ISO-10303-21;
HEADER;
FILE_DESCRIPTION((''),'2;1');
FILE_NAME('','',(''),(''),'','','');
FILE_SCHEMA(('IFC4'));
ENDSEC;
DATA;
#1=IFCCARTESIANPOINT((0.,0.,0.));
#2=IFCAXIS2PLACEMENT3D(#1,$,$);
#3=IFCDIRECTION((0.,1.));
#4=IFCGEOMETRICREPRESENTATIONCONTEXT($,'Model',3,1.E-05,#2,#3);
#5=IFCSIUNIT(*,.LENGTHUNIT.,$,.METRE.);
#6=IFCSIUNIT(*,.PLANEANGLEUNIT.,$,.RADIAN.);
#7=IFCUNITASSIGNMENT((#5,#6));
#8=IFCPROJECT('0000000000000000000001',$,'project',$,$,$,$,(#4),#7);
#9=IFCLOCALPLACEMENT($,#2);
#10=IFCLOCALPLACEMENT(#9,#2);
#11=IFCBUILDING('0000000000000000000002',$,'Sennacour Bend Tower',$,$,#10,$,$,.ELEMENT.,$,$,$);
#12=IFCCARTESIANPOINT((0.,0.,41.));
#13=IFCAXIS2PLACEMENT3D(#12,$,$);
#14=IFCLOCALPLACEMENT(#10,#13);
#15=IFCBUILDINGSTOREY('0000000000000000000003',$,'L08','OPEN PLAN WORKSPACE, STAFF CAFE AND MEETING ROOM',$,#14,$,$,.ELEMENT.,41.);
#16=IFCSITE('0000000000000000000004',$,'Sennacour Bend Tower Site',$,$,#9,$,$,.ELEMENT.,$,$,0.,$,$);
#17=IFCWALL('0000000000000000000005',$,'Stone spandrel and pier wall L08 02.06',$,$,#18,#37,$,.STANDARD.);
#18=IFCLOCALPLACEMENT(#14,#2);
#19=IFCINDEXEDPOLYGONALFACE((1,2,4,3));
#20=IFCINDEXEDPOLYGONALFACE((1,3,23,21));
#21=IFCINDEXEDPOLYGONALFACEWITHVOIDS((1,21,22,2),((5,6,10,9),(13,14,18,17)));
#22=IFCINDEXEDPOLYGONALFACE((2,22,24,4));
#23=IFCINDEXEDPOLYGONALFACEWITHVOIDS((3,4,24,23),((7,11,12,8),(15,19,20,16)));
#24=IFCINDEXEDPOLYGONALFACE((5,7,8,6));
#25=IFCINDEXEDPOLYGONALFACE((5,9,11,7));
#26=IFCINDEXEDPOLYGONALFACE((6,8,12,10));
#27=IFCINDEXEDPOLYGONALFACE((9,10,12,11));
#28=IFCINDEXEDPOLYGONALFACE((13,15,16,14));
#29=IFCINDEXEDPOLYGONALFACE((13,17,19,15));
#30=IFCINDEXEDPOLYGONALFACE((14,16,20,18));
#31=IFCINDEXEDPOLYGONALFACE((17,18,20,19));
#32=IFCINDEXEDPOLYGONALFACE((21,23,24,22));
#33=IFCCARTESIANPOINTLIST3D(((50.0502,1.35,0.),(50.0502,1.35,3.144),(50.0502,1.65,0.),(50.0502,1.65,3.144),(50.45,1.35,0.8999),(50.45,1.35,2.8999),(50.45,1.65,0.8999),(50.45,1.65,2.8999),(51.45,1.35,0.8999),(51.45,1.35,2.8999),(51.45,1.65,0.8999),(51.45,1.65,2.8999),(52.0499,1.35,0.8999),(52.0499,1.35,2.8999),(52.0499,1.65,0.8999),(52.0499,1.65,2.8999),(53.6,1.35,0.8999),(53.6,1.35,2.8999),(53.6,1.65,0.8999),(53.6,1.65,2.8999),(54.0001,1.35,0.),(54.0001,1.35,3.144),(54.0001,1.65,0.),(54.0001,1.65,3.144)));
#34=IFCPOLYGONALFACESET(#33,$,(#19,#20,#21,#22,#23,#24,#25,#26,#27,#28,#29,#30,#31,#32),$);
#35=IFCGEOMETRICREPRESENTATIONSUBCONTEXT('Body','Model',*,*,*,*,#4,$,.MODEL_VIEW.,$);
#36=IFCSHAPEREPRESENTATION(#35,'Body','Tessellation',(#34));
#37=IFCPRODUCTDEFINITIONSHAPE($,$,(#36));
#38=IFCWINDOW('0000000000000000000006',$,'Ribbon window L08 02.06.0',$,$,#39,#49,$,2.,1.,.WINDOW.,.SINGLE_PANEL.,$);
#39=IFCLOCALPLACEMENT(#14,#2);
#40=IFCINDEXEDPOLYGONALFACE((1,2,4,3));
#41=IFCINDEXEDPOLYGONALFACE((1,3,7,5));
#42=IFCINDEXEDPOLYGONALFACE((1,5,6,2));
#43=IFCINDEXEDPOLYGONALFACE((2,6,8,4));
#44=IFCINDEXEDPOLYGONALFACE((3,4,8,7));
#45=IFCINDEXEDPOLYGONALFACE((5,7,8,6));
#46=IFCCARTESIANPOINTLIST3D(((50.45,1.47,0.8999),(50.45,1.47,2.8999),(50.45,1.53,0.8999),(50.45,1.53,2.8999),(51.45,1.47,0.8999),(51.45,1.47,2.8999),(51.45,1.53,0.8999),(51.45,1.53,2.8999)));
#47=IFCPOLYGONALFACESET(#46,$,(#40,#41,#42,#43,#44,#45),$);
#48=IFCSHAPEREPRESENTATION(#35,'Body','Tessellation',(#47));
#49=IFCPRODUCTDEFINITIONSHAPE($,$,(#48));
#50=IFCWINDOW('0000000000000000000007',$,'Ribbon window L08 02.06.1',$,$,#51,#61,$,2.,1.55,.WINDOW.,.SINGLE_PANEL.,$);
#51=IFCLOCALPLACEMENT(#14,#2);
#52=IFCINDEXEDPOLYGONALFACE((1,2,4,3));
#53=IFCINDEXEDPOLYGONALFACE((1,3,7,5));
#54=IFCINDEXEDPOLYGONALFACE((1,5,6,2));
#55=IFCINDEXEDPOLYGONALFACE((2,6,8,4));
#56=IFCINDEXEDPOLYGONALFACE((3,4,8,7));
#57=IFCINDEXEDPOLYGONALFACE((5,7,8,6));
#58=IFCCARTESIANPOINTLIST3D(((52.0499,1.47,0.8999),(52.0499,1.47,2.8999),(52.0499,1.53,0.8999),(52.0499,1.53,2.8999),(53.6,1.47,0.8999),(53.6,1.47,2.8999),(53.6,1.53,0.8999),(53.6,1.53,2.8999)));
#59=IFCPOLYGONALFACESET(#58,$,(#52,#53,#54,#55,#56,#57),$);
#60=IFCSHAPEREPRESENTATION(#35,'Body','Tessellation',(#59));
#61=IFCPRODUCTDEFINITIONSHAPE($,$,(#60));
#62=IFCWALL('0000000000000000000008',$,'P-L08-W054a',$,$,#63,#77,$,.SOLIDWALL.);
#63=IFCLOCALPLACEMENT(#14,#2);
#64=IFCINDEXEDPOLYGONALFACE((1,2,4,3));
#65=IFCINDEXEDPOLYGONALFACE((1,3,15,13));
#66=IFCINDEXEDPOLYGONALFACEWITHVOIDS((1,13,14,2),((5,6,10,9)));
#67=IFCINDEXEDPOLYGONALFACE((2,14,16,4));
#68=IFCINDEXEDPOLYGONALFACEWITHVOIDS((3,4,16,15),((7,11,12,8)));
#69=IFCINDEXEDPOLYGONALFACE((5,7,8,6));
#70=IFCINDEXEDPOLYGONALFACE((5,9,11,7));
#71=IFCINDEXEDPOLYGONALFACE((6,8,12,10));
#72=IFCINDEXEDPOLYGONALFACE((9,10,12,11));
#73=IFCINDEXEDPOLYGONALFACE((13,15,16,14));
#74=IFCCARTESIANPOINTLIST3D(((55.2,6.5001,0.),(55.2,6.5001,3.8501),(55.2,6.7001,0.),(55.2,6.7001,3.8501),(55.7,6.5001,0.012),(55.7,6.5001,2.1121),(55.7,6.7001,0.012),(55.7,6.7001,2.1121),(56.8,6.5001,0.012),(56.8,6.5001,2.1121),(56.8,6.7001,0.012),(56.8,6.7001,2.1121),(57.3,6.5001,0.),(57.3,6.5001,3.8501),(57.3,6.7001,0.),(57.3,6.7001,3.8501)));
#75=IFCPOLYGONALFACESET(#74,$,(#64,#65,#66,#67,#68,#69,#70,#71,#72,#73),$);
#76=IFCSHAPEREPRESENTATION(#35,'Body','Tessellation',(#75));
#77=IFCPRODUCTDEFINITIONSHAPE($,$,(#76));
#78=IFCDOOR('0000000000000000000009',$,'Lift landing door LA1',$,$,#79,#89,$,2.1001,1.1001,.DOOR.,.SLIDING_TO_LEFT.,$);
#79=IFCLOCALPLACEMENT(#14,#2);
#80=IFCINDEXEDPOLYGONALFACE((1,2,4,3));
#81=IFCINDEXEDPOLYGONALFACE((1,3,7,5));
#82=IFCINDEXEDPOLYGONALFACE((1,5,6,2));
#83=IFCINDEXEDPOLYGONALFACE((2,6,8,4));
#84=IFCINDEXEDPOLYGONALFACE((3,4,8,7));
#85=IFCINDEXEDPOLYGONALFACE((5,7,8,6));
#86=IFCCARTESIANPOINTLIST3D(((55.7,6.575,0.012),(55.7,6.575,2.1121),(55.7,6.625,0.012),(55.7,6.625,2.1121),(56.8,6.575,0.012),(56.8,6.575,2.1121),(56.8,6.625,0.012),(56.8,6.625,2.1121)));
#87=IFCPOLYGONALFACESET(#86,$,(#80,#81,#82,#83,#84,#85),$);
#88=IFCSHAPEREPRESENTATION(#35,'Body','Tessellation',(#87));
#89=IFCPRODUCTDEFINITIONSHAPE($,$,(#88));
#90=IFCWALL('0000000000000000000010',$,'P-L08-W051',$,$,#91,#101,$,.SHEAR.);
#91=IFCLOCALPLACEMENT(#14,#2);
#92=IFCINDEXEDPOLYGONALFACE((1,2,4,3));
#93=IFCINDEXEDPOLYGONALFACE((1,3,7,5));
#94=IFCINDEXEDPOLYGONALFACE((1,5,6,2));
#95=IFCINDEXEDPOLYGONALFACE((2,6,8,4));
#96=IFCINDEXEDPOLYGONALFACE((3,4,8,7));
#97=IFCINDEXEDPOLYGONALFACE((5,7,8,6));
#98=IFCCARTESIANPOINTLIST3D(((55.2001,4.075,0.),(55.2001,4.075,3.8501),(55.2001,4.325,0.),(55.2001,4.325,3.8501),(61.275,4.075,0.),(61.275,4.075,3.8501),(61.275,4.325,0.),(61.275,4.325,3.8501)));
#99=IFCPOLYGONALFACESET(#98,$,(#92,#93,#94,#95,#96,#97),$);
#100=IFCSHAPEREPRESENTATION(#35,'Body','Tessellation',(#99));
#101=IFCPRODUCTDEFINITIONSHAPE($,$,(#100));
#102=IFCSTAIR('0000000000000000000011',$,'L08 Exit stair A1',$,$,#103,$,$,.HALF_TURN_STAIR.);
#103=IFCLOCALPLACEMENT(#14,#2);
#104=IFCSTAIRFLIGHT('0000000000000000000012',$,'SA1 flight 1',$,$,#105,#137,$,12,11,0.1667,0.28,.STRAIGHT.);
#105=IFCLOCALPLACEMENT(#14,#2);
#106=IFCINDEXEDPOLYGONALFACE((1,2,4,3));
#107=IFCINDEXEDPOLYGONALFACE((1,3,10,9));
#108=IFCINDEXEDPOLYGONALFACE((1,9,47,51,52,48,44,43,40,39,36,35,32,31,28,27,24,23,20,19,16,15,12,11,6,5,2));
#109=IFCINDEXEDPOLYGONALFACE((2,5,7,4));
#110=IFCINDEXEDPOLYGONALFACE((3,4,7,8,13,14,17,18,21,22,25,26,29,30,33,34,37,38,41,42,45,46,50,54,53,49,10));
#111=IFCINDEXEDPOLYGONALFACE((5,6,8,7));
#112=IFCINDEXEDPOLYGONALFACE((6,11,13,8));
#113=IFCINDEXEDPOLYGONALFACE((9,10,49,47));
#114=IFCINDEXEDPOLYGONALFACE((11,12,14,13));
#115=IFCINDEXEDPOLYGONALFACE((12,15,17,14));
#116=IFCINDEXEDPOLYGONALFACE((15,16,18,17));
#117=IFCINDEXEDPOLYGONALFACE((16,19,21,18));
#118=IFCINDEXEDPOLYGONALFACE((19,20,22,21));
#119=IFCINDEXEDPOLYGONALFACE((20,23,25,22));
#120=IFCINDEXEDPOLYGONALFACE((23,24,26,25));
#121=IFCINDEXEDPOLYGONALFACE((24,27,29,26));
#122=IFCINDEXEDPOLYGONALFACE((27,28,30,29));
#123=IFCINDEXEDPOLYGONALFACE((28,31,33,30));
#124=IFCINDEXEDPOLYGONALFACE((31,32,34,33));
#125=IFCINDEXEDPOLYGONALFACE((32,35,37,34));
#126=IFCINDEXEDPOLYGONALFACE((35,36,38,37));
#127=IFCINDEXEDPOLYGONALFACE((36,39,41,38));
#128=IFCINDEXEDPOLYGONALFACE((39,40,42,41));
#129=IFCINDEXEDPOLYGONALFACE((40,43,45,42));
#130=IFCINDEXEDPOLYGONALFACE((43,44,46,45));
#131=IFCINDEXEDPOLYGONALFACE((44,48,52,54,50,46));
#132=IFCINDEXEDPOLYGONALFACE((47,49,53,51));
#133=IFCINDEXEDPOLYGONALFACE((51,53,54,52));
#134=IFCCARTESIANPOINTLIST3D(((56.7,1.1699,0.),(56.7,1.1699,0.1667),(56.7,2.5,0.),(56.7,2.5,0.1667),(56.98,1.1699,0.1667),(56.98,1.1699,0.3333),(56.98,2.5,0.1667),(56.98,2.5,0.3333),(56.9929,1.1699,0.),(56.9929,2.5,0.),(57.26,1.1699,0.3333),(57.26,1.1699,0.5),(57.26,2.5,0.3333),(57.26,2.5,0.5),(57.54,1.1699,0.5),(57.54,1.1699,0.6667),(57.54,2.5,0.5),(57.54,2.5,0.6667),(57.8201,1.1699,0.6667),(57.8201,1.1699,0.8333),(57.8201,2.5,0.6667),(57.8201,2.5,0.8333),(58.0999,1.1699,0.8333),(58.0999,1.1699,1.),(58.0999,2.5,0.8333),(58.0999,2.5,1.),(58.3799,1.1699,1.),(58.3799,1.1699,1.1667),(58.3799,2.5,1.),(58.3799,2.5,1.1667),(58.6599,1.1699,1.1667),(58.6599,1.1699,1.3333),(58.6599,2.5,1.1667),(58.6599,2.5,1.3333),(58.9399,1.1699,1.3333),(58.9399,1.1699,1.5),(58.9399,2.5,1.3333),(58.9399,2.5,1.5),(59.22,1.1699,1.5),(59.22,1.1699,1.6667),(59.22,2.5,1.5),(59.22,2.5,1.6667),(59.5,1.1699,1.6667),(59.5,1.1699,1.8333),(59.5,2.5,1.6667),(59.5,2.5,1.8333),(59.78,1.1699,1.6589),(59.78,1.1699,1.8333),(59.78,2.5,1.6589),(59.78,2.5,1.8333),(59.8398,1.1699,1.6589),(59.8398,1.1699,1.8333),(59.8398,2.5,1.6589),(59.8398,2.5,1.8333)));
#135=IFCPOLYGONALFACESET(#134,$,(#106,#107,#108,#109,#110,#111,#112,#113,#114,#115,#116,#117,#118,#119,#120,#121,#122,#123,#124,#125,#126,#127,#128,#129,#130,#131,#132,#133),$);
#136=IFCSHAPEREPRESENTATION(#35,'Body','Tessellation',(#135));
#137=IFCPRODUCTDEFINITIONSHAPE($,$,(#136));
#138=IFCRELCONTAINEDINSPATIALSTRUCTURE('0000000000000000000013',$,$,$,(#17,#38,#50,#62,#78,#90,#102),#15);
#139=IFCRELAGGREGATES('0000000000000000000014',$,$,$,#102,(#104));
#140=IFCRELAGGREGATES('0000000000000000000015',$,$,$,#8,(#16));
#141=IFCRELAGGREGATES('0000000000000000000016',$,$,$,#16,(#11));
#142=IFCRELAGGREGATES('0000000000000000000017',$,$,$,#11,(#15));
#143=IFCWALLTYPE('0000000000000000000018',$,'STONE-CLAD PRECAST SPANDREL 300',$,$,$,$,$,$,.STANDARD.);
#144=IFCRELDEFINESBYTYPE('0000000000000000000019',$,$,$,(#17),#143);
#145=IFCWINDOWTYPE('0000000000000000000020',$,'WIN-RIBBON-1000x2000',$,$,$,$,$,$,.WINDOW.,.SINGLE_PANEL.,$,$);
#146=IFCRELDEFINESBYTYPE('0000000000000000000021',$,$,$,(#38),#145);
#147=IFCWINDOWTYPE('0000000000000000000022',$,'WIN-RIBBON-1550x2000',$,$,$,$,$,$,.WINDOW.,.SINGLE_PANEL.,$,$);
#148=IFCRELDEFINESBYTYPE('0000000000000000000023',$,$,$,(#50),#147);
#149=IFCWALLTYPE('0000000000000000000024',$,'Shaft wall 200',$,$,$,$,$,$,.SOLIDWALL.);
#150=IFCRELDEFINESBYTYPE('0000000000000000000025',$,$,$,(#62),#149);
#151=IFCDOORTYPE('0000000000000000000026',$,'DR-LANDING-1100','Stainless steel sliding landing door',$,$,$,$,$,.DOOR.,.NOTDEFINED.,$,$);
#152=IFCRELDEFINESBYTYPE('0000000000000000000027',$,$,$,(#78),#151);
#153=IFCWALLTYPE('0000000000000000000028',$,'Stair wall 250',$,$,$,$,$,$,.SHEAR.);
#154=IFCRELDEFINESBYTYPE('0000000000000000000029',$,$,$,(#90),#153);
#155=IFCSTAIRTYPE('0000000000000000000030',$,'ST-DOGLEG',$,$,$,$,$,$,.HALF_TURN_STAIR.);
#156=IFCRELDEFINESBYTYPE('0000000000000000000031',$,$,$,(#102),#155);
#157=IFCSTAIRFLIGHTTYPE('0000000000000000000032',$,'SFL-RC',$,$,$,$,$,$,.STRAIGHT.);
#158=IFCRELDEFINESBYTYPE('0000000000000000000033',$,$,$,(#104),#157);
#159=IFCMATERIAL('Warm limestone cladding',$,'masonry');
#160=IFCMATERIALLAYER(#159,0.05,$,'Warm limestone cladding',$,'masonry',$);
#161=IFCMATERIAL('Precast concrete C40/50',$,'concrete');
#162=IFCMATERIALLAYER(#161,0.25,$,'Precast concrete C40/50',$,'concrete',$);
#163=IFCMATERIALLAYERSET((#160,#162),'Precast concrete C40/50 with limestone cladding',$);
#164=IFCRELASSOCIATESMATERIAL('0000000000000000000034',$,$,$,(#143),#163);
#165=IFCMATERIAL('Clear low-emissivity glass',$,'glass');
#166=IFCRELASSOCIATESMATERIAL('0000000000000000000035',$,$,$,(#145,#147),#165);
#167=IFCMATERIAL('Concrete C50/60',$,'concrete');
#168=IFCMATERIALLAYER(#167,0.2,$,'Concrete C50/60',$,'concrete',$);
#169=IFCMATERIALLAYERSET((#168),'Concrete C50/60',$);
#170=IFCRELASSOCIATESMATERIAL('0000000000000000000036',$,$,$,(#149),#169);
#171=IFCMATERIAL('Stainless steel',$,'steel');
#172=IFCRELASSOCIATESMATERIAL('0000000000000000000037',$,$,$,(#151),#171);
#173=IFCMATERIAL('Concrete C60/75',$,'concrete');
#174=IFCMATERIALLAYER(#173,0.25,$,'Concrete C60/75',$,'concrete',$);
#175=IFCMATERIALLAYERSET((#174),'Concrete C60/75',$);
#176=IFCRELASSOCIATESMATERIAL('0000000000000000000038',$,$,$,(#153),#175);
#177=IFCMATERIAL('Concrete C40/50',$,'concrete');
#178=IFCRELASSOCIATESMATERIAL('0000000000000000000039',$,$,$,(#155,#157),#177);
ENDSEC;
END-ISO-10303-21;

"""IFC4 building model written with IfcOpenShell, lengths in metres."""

from ifc_helpers import new_model, si_unit, direction, frame, frame_2d, origin, place, context, subcontext, project, spatial, polyline, rectangle, outline, extrude, material, layer, layer_set, type_object, element, fill, aggregate, save


model = new_model("IFC4")

# Units and contexts
model_context = context("Model", 3, precision=1e-05, world=origin(), true_north=direction((0.0, 1.0)))
body_context = subcontext(model_context, "Body", "Model", "MODEL_VIEW")
ifc_project = project(units=[si_unit("LENGTHUNIT", "METRE"), si_unit("PLANEANGLEUNIT", "RADIAN")], contexts=[model_context])

# Site, building, storey
site_placement = place(None, origin())
site = spatial("IfcSite", under=ifc_project, at=site_placement, Name="Sennacour Bend Tower Site", CompositionType="ELEMENT", RefElevation=0.0)
building_placement = place(site_placement, origin())
building = spatial("IfcBuilding", under=site, at=building_placement, Name="Sennacour Bend Tower", CompositionType="ELEMENT")
storey_placement = place(building_placement, frame((0.0, 0.0, 41.0)))
storey = spatial("IfcBuildingStorey", under=building, at=storey_placement, Name="L08", Description="OPEN PLAN WORKSPACE, STAFF CAFE AND MEETING ROOM", CompositionType="ELEMENT", Elevation=41.0)

# Wall, openings, windows
ifc_material_1 = material(Name="Warm limestone cladding", Category="masonry")
ifc_layer_1 = layer(ifc_material_1, 0.05, Name="Warm limestone cladding", Category="masonry")
ifc_material_2 = material(Name="Precast concrete C40/50", Category="concrete")
ifc_layer_2 = layer(ifc_material_2, 0.25, Name="Precast concrete C40/50", Category="concrete")
ifc_layer_set_1 = layer_set([ifc_layer_1, ifc_layer_2], Name="Precast concrete C40/50 with limestone cladding")
wall_type_1 = type_object("IfcWallType", Name="STONE-CLAD PRECAST SPANDREL 300", PredefinedType="STANDARD", material=ifc_layer_set_1)
wall_1_placement = place(storey_placement, frame((50.05, 1.5, 0.0), z_axis=(0.0, 0.0, 1.0), x_axis=(1.0, 0.0, 0.0)))
wall_1 = element("IfcWall", 1, at=wall_1_placement, inside=storey, type_object=wall_type_1, Name="Stone spandrel and pier wall L08 02.06", PredefinedType="STANDARD", context=body_context, shape_type="SweptSolid", body=[
    extrude(rectangle(XDim=3.95, YDim=0.3, at=frame_2d((1.9751, 0.0))), origin(), (0.0, 0.0, 1.0), 3.144),
])
opening_1_placement = place(wall_1_placement, frame((0.3999, 0.0, 0.8999)))
opening_1 = element("IfcOpeningElement", 2, at=opening_1_placement, cuts=wall_1, PredefinedType="OPENING", context=body_context, shape_type="SweptSolid", body=[
    extrude(rectangle(XDim=1.0, YDim=2.0, at=frame_2d((0.5, 1.0))), frame((0.0, 0.1602, 0.0), z_axis=(0.0, -1.0, 0.0), x_axis=(1.0, 0.0, 0.0)), (0.0, 0.0, 1.0), 0.3201),
])
opening_2_placement = place(wall_1_placement, frame((2.0, 0.0, 0.8999)))
opening_2 = element("IfcOpeningElement", 3, at=opening_2_placement, cuts=wall_1, PredefinedType="OPENING", context=body_context, shape_type="SweptSolid", body=[
    extrude(rectangle(XDim=1.55, YDim=2.0, at=frame_2d((0.7749, 1.0))), frame((0.0, 0.1602, 0.0), z_axis=(0.0, -1.0, 0.0), x_axis=(1.0, 0.0, 0.0)), (0.0, 0.0, 1.0), 0.3201),
])
ifc_material_3 = material(Name="Clear low-emissivity glass", Category="glass")
window_type_1 = type_object("IfcWindowType", Name="WIN-RIBBON-1000x2000", PartitioningType="SINGLE_PANEL", PredefinedType="WINDOW", material=ifc_material_3)
window_1_placement = place(opening_1_placement, origin())
window_1 = element("IfcWindow", 4, at=window_1_placement, inside=storey, type_object=window_type_1, Name="Ribbon window L08 02.06.0", OverallHeight=2.0, OverallWidth=1.0, PartitioningType="SINGLE_PANEL", PredefinedType="WINDOW", context=body_context, shape_type="SweptSolid", body=[
    extrude(rectangle(XDim=1.0, YDim=2.0, at=frame_2d((0.5, 1.0))), frame((0.0, 0.03, 0.0), z_axis=(0.0, -1.0, 0.0), x_axis=(1.0, 0.0, 0.0)), (0.0, 0.0, 1.0), 0.0601),
])
fill(opening_1, window_1)
window_type_2 = type_object("IfcWindowType", Name="WIN-RIBBON-1550x2000", PartitioningType="SINGLE_PANEL", PredefinedType="WINDOW", material=ifc_material_3)
window_2_placement = place(opening_2_placement, origin())
window_2 = element("IfcWindow", 5, at=window_2_placement, inside=storey, type_object=window_type_2, Name="Ribbon window L08 02.06.1", OverallHeight=2.0, OverallWidth=1.55, PartitioningType="SINGLE_PANEL", PredefinedType="WINDOW", context=body_context, shape_type="SweptSolid", body=[
    extrude(rectangle(XDim=1.55, YDim=2.0, at=frame_2d((0.7749, 1.0))), frame((0.0, 0.03, 0.0), z_axis=(0.0, -1.0, 0.0), x_axis=(1.0, 0.0, 0.0)), (0.0, 0.0, 1.0), 0.0601),
])
fill(opening_2, window_2)

# Wall, opening, door
ifc_material_4 = material(Name="Concrete C50/60", Category="concrete")
ifc_layer_3 = layer(ifc_material_4, 0.2, Name="Concrete C50/60", Category="concrete")
ifc_layer_set_2 = layer_set([ifc_layer_3], Name="Concrete C50/60")
wall_type_2 = type_object("IfcWallType", Name="Shaft wall 200", PredefinedType="SOLIDWALL", material=ifc_layer_set_2)
wall_2_placement = place(storey_placement, frame((55.2, 6.6001, 0.0), z_axis=(0.0, 0.0, 1.0), x_axis=(1.0, 0.0, 0.0)))
wall_2 = element("IfcWall", 6, at=wall_2_placement, inside=storey, type_object=wall_type_2, Name="P-L08-W054a", PredefinedType="SOLIDWALL", context=body_context, shape_type="SweptSolid", body=[
    extrude(rectangle(XDim=2.1001, YDim=0.2, at=frame_2d((1.05, 0.0))), origin(), (0.0, 0.0, 1.0), 3.8501),
])
opening_3_placement = place(wall_2_placement, frame((0.5, 0.0, 0.012)))
opening_3 = element("IfcOpeningElement", 7, at=opening_3_placement, cuts=wall_2, PredefinedType="OPENING", context=body_context, shape_type="SweptSolid", body=[
    extrude(rectangle(XDim=1.1001, YDim=2.1001, at=frame_2d((0.55, 1.05))), frame((0.0, 0.1099, 0.0), z_axis=(0.0, -1.0, 0.0), x_axis=(1.0, 0.0, 0.0)), (0.0, 0.0, 1.0), 0.22),
])
ifc_material_5 = material(Name="Stainless steel", Category="steel")
door_type_1 = type_object("IfcDoorType", Name="DR-LANDING-1100", Description="Stainless steel sliding landing door", OperationType="NOTDEFINED", PredefinedType="DOOR", material=ifc_material_5)
door_1_placement = place(opening_3_placement, origin())
door_1 = element("IfcDoor", 8, at=door_1_placement, inside=storey, type_object=door_type_1, Name="Lift landing door LA1", OperationType="SLIDING_TO_LEFT", OverallHeight=2.1001, OverallWidth=1.1001, PredefinedType="DOOR", context=body_context, shape_type="SweptSolid", body=[
    extrude(rectangle(XDim=1.1001, YDim=2.1001, at=frame_2d((0.55, 1.05))), frame((0.0, 0.0249, 0.0), z_axis=(0.0, -1.0, 0.0), x_axis=(1.0, 0.0, 0.0)), (0.0, 0.0, 1.0), 0.05),
])
fill(opening_3, door_1)

# Wall
ifc_material_6 = material(Name="Concrete C60/75", Category="concrete")
ifc_layer_4 = layer(ifc_material_6, 0.25, Name="Concrete C60/75", Category="concrete")
ifc_layer_set_3 = layer_set([ifc_layer_4], Name="Concrete C60/75")
wall_type_3 = type_object("IfcWallType", Name="Stair wall 250", PredefinedType="SHEAR", material=ifc_layer_set_3)
wall_3_placement = place(storey_placement, frame((55.2, 4.2, 0.0), z_axis=(0.0, 0.0, 1.0), x_axis=(1.0, 0.0, 0.0)))
element("IfcWall", 9, at=wall_3_placement, inside=storey, type_object=wall_type_3, Name="P-L08-W051", PredefinedType="SHEAR", context=body_context, shape_type="SweptSolid", body=[
    extrude(rectangle(XDim=6.075, YDim=0.25, at=frame_2d((3.0376, 0.0))), origin(), (0.0, 0.0, 1.0), 3.8501),
])

# Stair, stair flight
ifc_material_7 = material(Name="Concrete C40/50", Category="concrete")
stair_type = type_object("IfcStairType", Name="ST-DOGLEG", PredefinedType="HALF_TURN_STAIR", material=ifc_material_7)
stair_placement = place(storey_placement, origin())
stair = element("IfcStair", 10, at=stair_placement, inside=storey, type_object=stair_type, Name="L08 Exit stair A1", PredefinedType="HALF_TURN_STAIR")
stair_flight_type = type_object("IfcStairFlightType", Name="SFL-RC", PredefinedType="STRAIGHT", material=ifc_material_7)
stair_flight_placement = place(storey_placement, frame((56.7, 1.835, 0.0), z_axis=(0.0, 0.0, 1.0), x_axis=(1.0, 0.0, 0.0)))
stair_flight = element("IfcStairFlight", 11, at=stair_flight_placement, type_object=stair_flight_type, Name="SA1 flight 1", NumberOfRisers=12, NumberOfTreads=11, PredefinedType="STRAIGHT", RiserHeight=0.1667, TreadLength=0.28, context=body_context, shape_type="SweptSolid", body=[
    extrude(outline(polyline([(0.0, 0.0), (0.0, 0.1667), (0.28, 0.1667), (0.28, 0.3333), (0.5601, 0.3333), (0.5601, 0.5), (0.8401, 0.5), (0.8401, 0.6667), (1.1201, 0.6667), (1.1201, 0.8333), (1.3999, 0.8333), (1.3999, 1.0), (1.6799, 1.0), (1.6799, 1.1667), (1.96, 1.1667), (1.96, 1.3333), (2.24, 1.3333), (2.24, 1.5), (2.52, 1.5), (2.52, 1.6667), (2.8, 1.6667), (2.8, 1.8333), (3.0801, 1.8333), (3.1399, 1.8333), (3.1399, 1.6589), (3.0801, 1.6589), (0.293, 0.0), (0.0, 0.0)])), frame((0.0, 0.665, 0.0), z_axis=(0.0, -1.0, 0.0), x_axis=(1.0, 0.0, 0.0)), (0.0, 0.0, 1.0), 1.3301),
])
aggregate(stair, [stair_flight])

save(model, "model.ifc")
